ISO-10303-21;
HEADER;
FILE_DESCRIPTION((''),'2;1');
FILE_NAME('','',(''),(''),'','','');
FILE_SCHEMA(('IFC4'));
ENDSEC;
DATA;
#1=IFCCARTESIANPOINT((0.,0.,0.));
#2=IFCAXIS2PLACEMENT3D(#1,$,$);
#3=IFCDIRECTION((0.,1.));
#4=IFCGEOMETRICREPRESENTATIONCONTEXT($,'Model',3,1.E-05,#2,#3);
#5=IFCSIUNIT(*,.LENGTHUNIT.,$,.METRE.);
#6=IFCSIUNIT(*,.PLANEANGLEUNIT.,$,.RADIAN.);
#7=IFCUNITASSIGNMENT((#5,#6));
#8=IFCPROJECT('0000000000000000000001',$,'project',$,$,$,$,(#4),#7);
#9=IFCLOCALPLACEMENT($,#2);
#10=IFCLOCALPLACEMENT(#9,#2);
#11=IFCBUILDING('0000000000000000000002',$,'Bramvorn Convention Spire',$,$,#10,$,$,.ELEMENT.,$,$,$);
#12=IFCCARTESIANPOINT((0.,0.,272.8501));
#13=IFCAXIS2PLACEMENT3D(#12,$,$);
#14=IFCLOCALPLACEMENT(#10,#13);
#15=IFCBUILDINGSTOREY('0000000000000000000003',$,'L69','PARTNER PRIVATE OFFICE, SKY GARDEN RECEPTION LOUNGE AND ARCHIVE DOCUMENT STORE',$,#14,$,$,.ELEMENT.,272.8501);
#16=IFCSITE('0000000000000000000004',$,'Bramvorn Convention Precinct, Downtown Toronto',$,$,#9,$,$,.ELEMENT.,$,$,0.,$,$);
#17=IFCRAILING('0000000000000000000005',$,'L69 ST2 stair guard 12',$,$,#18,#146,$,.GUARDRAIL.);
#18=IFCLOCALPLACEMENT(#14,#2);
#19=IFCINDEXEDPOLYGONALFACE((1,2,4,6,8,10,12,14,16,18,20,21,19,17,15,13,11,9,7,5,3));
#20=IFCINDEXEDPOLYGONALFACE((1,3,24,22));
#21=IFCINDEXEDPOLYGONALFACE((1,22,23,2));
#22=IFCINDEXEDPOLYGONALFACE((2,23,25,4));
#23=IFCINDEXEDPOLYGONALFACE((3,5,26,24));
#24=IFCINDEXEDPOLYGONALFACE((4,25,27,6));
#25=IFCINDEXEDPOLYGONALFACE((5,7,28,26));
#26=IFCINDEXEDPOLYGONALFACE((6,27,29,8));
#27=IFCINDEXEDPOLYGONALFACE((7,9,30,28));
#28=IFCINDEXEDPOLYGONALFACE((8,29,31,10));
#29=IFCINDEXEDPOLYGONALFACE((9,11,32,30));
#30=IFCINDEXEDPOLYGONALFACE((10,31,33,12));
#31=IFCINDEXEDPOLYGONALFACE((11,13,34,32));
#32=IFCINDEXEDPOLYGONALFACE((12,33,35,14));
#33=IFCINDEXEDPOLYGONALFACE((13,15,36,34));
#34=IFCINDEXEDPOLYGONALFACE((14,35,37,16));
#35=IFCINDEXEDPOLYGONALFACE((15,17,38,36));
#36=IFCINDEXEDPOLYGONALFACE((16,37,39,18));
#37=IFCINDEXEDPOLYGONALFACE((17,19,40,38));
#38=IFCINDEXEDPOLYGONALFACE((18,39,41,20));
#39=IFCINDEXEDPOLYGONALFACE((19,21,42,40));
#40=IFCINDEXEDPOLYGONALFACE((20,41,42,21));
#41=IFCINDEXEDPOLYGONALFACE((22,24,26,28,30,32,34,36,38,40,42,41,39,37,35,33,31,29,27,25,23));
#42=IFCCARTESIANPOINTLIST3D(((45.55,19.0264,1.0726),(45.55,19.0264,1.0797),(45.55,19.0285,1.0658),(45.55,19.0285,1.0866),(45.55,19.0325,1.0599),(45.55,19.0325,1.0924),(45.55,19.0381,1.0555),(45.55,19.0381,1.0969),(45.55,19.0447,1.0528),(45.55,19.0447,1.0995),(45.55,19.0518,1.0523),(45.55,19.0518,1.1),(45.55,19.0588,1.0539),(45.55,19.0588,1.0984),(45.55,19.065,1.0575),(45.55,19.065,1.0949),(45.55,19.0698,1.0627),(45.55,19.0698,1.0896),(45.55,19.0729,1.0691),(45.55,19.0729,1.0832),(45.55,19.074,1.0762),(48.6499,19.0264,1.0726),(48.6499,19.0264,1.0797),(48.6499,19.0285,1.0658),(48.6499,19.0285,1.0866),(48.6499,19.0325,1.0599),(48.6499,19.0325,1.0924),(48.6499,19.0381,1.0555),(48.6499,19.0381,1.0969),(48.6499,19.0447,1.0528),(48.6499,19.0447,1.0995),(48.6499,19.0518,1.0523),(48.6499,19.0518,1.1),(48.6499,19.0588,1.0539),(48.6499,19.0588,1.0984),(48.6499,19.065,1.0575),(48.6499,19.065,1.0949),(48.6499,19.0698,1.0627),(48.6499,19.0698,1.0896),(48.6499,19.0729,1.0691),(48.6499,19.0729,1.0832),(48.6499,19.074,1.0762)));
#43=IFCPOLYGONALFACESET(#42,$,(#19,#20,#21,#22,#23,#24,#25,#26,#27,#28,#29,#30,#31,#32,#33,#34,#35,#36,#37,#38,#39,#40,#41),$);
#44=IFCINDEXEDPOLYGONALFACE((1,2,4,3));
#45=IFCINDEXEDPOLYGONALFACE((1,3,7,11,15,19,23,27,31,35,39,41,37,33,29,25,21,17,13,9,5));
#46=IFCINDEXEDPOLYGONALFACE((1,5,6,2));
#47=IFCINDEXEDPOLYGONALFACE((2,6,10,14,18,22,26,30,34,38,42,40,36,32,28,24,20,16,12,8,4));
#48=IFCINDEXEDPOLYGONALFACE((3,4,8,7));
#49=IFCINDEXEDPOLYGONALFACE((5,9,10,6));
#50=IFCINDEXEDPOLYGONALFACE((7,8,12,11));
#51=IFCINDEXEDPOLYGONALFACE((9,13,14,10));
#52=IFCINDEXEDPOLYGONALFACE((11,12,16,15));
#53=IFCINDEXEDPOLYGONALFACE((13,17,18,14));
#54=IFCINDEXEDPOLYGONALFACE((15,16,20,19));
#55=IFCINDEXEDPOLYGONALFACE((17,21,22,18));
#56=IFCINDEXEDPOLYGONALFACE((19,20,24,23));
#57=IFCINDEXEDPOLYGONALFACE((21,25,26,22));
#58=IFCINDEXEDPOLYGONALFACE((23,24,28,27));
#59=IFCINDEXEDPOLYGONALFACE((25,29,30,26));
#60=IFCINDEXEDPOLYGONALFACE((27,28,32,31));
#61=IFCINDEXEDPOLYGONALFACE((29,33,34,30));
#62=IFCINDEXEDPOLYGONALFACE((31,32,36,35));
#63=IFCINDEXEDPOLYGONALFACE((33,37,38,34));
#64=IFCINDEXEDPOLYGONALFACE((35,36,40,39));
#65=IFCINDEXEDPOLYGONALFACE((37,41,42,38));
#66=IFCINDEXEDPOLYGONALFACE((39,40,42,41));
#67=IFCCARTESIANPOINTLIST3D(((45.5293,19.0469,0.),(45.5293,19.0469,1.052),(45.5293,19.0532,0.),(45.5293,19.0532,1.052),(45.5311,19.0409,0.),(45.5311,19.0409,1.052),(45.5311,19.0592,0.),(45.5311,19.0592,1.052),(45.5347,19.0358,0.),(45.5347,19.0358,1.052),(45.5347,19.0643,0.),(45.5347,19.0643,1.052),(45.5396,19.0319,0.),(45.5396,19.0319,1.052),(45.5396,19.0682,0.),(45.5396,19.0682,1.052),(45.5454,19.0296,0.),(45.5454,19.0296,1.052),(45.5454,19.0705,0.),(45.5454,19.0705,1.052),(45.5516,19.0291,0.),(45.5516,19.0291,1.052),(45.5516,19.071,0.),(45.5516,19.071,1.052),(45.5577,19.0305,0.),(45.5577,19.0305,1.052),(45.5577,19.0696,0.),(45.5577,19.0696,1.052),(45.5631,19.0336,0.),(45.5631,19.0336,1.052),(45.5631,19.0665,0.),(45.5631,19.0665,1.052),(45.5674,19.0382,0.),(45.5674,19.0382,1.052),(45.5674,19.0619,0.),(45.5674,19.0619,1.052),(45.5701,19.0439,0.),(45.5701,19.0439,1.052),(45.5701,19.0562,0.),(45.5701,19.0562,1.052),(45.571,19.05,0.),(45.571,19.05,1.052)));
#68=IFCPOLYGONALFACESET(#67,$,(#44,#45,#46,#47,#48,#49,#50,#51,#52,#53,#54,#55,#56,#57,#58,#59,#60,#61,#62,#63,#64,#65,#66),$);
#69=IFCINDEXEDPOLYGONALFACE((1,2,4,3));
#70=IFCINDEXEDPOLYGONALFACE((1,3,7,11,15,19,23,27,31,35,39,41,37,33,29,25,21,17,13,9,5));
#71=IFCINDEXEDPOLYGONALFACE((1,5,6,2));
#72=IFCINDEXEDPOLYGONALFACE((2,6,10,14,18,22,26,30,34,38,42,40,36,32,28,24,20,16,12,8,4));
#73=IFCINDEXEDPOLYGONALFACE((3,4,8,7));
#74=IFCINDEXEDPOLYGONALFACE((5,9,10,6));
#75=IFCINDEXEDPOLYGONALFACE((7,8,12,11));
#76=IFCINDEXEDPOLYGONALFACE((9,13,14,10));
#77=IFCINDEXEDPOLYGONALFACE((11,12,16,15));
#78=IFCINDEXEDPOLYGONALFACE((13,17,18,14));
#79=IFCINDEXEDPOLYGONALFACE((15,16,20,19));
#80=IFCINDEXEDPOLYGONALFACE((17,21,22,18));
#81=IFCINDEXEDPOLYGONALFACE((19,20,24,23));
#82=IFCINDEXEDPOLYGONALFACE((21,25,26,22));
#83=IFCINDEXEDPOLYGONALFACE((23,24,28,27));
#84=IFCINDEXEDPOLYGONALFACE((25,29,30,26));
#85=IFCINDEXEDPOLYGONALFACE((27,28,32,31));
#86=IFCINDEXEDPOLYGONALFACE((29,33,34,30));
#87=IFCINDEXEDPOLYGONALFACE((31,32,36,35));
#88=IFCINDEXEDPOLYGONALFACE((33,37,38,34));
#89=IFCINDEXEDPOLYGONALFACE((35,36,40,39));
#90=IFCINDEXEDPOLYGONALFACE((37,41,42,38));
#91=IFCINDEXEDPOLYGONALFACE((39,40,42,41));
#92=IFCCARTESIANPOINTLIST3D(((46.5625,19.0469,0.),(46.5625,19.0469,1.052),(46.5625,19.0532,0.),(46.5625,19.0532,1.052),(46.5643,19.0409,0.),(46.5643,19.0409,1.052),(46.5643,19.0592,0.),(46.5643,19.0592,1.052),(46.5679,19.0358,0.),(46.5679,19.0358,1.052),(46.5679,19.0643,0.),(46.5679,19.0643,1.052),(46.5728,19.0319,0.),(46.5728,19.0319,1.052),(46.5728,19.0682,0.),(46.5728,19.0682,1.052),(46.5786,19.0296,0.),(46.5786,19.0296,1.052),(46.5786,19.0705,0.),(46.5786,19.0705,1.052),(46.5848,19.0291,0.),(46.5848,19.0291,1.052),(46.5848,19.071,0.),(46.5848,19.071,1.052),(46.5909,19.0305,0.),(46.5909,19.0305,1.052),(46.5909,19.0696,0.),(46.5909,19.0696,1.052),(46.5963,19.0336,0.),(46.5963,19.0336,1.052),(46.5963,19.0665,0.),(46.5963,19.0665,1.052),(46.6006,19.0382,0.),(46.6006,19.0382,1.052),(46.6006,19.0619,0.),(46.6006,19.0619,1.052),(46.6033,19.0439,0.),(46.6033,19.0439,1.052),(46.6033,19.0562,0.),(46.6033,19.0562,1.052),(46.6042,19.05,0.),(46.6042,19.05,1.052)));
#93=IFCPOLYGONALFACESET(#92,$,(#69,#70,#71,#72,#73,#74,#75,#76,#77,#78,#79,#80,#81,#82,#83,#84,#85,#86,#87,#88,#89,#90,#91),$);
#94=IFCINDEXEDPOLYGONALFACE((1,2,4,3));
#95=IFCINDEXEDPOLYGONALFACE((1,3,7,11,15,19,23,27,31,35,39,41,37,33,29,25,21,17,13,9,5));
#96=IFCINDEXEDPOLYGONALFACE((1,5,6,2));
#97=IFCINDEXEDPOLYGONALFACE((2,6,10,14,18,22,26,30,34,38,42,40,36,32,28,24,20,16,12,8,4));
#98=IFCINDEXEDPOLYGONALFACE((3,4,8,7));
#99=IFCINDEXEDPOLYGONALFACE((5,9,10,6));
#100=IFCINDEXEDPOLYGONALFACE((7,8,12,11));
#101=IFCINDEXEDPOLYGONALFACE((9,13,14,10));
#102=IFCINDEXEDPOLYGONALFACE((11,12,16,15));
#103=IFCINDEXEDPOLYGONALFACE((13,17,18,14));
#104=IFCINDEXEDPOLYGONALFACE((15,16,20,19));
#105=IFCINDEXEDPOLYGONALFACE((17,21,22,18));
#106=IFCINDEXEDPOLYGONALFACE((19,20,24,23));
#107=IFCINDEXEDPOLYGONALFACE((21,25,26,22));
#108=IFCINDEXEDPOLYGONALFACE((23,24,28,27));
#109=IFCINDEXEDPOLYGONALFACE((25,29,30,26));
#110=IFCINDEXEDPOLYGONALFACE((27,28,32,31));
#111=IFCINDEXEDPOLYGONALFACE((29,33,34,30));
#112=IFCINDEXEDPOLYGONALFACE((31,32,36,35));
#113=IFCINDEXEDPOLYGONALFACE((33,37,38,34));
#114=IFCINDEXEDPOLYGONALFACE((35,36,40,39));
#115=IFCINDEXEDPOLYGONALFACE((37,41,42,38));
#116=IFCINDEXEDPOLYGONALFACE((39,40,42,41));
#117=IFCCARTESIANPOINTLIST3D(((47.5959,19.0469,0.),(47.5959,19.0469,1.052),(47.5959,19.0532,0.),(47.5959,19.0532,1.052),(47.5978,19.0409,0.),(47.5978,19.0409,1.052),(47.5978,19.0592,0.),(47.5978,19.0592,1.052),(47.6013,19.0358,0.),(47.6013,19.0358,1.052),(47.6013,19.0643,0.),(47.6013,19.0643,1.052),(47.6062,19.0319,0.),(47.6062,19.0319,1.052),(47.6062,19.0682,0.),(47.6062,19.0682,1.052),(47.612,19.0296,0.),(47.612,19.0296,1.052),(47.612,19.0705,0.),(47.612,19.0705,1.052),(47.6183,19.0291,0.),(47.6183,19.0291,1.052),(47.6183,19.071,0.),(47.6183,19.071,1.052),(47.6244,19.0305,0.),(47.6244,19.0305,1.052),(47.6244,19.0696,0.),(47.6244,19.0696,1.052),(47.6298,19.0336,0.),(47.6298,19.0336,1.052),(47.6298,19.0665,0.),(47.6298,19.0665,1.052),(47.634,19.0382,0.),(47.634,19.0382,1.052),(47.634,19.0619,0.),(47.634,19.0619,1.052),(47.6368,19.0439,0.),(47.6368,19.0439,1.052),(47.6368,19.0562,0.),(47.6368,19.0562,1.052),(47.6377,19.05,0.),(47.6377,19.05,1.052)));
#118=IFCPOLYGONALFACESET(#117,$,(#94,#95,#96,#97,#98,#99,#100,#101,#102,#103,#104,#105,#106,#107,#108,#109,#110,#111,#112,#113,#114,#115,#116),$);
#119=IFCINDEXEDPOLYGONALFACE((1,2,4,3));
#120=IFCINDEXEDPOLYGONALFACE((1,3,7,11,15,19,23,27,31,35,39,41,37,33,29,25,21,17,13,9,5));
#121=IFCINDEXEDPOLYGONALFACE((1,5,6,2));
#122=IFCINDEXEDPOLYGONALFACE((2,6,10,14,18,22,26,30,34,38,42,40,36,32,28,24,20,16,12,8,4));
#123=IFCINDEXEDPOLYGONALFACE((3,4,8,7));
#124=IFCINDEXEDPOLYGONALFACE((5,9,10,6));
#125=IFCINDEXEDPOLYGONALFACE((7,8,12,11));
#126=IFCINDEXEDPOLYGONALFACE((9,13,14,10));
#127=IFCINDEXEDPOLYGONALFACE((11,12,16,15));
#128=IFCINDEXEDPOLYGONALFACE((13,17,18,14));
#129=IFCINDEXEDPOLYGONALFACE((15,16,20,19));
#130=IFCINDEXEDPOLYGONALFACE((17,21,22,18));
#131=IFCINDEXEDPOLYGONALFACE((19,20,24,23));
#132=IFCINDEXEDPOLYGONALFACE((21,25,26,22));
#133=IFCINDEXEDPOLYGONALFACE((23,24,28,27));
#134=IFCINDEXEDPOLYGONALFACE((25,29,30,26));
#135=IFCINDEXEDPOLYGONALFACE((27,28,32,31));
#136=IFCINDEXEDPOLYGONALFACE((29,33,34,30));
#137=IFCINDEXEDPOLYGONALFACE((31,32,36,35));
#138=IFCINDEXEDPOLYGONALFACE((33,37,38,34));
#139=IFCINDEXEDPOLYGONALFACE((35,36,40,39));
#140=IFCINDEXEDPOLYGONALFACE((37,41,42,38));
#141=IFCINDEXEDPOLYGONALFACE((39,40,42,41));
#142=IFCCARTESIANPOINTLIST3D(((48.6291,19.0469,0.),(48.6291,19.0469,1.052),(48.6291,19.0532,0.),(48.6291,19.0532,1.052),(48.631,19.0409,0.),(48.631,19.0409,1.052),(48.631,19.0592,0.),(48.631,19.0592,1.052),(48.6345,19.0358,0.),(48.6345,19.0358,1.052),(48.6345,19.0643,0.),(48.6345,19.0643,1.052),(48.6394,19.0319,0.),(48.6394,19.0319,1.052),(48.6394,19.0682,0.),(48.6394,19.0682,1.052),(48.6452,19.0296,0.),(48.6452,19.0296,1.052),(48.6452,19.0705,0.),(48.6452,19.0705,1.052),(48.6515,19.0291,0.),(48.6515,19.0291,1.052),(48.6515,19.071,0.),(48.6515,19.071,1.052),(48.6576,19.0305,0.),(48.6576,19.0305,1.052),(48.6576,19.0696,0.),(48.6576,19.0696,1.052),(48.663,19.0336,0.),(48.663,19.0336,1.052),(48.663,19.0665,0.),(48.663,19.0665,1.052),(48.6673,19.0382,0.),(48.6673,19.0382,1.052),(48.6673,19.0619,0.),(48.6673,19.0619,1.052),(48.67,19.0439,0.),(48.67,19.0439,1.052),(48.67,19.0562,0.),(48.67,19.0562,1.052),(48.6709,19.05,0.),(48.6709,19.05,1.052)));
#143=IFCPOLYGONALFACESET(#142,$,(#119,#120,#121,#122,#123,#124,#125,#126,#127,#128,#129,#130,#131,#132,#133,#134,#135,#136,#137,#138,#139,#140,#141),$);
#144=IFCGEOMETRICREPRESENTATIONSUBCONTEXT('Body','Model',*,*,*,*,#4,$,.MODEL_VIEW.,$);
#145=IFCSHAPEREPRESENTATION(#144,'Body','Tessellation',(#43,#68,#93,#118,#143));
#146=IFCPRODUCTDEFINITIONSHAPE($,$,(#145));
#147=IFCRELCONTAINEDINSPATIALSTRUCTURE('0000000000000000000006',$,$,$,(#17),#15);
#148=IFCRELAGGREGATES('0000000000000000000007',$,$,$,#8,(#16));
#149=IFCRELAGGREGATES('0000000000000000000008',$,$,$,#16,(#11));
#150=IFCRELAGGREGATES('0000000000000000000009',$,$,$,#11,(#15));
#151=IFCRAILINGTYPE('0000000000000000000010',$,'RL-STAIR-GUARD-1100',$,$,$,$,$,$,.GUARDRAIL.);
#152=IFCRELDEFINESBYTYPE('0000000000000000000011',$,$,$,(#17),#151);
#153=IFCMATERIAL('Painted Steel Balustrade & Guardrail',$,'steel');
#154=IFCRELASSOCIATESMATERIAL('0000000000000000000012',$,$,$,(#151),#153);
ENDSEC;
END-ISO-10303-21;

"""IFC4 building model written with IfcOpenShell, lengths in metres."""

from ifc_helpers import new_model, si_unit, direction, frame, origin, origin_2d, place, context, subcontext, project, spatial, circle, extrude, material, type_object, element, save


model = new_model("IFC4")

# Units and contexts
model_context = context("Model", 3, precision=1e-05, world=origin(), true_north=direction((0.0, 1.0)))
body_context = subcontext(model_context, "Body", "Model", "MODEL_VIEW")
ifc_project = project(units=[si_unit("LENGTHUNIT", "METRE"), si_unit("PLANEANGLEUNIT", "RADIAN")], contexts=[model_context])

# Site, building, storey
site_placement = place(None, origin())
site = spatial("IfcSite", under=ifc_project, at=site_placement, Name="Bramvorn Convention Precinct, Downtown Toronto", CompositionType="ELEMENT", RefElevation=0.0)
building_placement = place(site_placement, origin())
building = spatial("IfcBuilding", under=site, at=building_placement, Name="Bramvorn Convention Spire", CompositionType="ELEMENT")
storey_placement = place(building_placement, frame((0.0, 0.0, 272.8501)))
storey = spatial("IfcBuildingStorey", under=building, at=storey_placement, Name="L69", Description="PARTNER PRIVATE OFFICE, SKY GARDEN RECEPTION LOUNGE AND ARCHIVE DOCUMENT STORE", CompositionType="ELEMENT", Elevation=272.8501)

# Railing
ifc_material_1 = material(Name="Painted Steel Balustrade & Guardrail", Category="steel")
railing_type = type_object("IfcRailingType", Name="RL-STAIR-GUARD-1100", PredefinedType="GUARDRAIL", material=ifc_material_1)
railing_1_placement = place(storey_placement, frame((45.55, 19.05, 0.0)))
element("IfcRailing", 1, at=railing_1_placement, inside=storey, type_object=railing_type, Name="L69 ST2 stair guard 12", PredefinedType="GUARDRAIL", context=body_context, shape_type="SweptSolid", body=[
    extrude(circle(Radius=0.0239, at=origin_2d()), frame((0.0, 0.0, 1.0762), z_axis=(1.0, 0.0, 0.0), x_axis=(0.0, 1.0, 0.0)), (0.0, 0.0, 1.0), 3.0999),
    extrude(circle(Radius=0.021, at=origin_2d()), origin(), (0.0, 0.0, 1.0), 1.052),
    extrude(circle(Radius=0.021, at=origin_2d()), frame((1.0332, 0.0, 0.0)), (0.0, 0.0, 1.0), 1.052),
    extrude(circle(Radius=0.021, at=origin_2d()), frame((2.0667, 0.0, 0.0)), (0.0, 0.0, 1.0), 1.052),
    extrude(circle(Radius=0.021, at=origin_2d()), frame((3.0999, 0.0, 0.0)), (0.0, 0.0, 1.0), 1.052),
])

save(model, "model.ifc")
